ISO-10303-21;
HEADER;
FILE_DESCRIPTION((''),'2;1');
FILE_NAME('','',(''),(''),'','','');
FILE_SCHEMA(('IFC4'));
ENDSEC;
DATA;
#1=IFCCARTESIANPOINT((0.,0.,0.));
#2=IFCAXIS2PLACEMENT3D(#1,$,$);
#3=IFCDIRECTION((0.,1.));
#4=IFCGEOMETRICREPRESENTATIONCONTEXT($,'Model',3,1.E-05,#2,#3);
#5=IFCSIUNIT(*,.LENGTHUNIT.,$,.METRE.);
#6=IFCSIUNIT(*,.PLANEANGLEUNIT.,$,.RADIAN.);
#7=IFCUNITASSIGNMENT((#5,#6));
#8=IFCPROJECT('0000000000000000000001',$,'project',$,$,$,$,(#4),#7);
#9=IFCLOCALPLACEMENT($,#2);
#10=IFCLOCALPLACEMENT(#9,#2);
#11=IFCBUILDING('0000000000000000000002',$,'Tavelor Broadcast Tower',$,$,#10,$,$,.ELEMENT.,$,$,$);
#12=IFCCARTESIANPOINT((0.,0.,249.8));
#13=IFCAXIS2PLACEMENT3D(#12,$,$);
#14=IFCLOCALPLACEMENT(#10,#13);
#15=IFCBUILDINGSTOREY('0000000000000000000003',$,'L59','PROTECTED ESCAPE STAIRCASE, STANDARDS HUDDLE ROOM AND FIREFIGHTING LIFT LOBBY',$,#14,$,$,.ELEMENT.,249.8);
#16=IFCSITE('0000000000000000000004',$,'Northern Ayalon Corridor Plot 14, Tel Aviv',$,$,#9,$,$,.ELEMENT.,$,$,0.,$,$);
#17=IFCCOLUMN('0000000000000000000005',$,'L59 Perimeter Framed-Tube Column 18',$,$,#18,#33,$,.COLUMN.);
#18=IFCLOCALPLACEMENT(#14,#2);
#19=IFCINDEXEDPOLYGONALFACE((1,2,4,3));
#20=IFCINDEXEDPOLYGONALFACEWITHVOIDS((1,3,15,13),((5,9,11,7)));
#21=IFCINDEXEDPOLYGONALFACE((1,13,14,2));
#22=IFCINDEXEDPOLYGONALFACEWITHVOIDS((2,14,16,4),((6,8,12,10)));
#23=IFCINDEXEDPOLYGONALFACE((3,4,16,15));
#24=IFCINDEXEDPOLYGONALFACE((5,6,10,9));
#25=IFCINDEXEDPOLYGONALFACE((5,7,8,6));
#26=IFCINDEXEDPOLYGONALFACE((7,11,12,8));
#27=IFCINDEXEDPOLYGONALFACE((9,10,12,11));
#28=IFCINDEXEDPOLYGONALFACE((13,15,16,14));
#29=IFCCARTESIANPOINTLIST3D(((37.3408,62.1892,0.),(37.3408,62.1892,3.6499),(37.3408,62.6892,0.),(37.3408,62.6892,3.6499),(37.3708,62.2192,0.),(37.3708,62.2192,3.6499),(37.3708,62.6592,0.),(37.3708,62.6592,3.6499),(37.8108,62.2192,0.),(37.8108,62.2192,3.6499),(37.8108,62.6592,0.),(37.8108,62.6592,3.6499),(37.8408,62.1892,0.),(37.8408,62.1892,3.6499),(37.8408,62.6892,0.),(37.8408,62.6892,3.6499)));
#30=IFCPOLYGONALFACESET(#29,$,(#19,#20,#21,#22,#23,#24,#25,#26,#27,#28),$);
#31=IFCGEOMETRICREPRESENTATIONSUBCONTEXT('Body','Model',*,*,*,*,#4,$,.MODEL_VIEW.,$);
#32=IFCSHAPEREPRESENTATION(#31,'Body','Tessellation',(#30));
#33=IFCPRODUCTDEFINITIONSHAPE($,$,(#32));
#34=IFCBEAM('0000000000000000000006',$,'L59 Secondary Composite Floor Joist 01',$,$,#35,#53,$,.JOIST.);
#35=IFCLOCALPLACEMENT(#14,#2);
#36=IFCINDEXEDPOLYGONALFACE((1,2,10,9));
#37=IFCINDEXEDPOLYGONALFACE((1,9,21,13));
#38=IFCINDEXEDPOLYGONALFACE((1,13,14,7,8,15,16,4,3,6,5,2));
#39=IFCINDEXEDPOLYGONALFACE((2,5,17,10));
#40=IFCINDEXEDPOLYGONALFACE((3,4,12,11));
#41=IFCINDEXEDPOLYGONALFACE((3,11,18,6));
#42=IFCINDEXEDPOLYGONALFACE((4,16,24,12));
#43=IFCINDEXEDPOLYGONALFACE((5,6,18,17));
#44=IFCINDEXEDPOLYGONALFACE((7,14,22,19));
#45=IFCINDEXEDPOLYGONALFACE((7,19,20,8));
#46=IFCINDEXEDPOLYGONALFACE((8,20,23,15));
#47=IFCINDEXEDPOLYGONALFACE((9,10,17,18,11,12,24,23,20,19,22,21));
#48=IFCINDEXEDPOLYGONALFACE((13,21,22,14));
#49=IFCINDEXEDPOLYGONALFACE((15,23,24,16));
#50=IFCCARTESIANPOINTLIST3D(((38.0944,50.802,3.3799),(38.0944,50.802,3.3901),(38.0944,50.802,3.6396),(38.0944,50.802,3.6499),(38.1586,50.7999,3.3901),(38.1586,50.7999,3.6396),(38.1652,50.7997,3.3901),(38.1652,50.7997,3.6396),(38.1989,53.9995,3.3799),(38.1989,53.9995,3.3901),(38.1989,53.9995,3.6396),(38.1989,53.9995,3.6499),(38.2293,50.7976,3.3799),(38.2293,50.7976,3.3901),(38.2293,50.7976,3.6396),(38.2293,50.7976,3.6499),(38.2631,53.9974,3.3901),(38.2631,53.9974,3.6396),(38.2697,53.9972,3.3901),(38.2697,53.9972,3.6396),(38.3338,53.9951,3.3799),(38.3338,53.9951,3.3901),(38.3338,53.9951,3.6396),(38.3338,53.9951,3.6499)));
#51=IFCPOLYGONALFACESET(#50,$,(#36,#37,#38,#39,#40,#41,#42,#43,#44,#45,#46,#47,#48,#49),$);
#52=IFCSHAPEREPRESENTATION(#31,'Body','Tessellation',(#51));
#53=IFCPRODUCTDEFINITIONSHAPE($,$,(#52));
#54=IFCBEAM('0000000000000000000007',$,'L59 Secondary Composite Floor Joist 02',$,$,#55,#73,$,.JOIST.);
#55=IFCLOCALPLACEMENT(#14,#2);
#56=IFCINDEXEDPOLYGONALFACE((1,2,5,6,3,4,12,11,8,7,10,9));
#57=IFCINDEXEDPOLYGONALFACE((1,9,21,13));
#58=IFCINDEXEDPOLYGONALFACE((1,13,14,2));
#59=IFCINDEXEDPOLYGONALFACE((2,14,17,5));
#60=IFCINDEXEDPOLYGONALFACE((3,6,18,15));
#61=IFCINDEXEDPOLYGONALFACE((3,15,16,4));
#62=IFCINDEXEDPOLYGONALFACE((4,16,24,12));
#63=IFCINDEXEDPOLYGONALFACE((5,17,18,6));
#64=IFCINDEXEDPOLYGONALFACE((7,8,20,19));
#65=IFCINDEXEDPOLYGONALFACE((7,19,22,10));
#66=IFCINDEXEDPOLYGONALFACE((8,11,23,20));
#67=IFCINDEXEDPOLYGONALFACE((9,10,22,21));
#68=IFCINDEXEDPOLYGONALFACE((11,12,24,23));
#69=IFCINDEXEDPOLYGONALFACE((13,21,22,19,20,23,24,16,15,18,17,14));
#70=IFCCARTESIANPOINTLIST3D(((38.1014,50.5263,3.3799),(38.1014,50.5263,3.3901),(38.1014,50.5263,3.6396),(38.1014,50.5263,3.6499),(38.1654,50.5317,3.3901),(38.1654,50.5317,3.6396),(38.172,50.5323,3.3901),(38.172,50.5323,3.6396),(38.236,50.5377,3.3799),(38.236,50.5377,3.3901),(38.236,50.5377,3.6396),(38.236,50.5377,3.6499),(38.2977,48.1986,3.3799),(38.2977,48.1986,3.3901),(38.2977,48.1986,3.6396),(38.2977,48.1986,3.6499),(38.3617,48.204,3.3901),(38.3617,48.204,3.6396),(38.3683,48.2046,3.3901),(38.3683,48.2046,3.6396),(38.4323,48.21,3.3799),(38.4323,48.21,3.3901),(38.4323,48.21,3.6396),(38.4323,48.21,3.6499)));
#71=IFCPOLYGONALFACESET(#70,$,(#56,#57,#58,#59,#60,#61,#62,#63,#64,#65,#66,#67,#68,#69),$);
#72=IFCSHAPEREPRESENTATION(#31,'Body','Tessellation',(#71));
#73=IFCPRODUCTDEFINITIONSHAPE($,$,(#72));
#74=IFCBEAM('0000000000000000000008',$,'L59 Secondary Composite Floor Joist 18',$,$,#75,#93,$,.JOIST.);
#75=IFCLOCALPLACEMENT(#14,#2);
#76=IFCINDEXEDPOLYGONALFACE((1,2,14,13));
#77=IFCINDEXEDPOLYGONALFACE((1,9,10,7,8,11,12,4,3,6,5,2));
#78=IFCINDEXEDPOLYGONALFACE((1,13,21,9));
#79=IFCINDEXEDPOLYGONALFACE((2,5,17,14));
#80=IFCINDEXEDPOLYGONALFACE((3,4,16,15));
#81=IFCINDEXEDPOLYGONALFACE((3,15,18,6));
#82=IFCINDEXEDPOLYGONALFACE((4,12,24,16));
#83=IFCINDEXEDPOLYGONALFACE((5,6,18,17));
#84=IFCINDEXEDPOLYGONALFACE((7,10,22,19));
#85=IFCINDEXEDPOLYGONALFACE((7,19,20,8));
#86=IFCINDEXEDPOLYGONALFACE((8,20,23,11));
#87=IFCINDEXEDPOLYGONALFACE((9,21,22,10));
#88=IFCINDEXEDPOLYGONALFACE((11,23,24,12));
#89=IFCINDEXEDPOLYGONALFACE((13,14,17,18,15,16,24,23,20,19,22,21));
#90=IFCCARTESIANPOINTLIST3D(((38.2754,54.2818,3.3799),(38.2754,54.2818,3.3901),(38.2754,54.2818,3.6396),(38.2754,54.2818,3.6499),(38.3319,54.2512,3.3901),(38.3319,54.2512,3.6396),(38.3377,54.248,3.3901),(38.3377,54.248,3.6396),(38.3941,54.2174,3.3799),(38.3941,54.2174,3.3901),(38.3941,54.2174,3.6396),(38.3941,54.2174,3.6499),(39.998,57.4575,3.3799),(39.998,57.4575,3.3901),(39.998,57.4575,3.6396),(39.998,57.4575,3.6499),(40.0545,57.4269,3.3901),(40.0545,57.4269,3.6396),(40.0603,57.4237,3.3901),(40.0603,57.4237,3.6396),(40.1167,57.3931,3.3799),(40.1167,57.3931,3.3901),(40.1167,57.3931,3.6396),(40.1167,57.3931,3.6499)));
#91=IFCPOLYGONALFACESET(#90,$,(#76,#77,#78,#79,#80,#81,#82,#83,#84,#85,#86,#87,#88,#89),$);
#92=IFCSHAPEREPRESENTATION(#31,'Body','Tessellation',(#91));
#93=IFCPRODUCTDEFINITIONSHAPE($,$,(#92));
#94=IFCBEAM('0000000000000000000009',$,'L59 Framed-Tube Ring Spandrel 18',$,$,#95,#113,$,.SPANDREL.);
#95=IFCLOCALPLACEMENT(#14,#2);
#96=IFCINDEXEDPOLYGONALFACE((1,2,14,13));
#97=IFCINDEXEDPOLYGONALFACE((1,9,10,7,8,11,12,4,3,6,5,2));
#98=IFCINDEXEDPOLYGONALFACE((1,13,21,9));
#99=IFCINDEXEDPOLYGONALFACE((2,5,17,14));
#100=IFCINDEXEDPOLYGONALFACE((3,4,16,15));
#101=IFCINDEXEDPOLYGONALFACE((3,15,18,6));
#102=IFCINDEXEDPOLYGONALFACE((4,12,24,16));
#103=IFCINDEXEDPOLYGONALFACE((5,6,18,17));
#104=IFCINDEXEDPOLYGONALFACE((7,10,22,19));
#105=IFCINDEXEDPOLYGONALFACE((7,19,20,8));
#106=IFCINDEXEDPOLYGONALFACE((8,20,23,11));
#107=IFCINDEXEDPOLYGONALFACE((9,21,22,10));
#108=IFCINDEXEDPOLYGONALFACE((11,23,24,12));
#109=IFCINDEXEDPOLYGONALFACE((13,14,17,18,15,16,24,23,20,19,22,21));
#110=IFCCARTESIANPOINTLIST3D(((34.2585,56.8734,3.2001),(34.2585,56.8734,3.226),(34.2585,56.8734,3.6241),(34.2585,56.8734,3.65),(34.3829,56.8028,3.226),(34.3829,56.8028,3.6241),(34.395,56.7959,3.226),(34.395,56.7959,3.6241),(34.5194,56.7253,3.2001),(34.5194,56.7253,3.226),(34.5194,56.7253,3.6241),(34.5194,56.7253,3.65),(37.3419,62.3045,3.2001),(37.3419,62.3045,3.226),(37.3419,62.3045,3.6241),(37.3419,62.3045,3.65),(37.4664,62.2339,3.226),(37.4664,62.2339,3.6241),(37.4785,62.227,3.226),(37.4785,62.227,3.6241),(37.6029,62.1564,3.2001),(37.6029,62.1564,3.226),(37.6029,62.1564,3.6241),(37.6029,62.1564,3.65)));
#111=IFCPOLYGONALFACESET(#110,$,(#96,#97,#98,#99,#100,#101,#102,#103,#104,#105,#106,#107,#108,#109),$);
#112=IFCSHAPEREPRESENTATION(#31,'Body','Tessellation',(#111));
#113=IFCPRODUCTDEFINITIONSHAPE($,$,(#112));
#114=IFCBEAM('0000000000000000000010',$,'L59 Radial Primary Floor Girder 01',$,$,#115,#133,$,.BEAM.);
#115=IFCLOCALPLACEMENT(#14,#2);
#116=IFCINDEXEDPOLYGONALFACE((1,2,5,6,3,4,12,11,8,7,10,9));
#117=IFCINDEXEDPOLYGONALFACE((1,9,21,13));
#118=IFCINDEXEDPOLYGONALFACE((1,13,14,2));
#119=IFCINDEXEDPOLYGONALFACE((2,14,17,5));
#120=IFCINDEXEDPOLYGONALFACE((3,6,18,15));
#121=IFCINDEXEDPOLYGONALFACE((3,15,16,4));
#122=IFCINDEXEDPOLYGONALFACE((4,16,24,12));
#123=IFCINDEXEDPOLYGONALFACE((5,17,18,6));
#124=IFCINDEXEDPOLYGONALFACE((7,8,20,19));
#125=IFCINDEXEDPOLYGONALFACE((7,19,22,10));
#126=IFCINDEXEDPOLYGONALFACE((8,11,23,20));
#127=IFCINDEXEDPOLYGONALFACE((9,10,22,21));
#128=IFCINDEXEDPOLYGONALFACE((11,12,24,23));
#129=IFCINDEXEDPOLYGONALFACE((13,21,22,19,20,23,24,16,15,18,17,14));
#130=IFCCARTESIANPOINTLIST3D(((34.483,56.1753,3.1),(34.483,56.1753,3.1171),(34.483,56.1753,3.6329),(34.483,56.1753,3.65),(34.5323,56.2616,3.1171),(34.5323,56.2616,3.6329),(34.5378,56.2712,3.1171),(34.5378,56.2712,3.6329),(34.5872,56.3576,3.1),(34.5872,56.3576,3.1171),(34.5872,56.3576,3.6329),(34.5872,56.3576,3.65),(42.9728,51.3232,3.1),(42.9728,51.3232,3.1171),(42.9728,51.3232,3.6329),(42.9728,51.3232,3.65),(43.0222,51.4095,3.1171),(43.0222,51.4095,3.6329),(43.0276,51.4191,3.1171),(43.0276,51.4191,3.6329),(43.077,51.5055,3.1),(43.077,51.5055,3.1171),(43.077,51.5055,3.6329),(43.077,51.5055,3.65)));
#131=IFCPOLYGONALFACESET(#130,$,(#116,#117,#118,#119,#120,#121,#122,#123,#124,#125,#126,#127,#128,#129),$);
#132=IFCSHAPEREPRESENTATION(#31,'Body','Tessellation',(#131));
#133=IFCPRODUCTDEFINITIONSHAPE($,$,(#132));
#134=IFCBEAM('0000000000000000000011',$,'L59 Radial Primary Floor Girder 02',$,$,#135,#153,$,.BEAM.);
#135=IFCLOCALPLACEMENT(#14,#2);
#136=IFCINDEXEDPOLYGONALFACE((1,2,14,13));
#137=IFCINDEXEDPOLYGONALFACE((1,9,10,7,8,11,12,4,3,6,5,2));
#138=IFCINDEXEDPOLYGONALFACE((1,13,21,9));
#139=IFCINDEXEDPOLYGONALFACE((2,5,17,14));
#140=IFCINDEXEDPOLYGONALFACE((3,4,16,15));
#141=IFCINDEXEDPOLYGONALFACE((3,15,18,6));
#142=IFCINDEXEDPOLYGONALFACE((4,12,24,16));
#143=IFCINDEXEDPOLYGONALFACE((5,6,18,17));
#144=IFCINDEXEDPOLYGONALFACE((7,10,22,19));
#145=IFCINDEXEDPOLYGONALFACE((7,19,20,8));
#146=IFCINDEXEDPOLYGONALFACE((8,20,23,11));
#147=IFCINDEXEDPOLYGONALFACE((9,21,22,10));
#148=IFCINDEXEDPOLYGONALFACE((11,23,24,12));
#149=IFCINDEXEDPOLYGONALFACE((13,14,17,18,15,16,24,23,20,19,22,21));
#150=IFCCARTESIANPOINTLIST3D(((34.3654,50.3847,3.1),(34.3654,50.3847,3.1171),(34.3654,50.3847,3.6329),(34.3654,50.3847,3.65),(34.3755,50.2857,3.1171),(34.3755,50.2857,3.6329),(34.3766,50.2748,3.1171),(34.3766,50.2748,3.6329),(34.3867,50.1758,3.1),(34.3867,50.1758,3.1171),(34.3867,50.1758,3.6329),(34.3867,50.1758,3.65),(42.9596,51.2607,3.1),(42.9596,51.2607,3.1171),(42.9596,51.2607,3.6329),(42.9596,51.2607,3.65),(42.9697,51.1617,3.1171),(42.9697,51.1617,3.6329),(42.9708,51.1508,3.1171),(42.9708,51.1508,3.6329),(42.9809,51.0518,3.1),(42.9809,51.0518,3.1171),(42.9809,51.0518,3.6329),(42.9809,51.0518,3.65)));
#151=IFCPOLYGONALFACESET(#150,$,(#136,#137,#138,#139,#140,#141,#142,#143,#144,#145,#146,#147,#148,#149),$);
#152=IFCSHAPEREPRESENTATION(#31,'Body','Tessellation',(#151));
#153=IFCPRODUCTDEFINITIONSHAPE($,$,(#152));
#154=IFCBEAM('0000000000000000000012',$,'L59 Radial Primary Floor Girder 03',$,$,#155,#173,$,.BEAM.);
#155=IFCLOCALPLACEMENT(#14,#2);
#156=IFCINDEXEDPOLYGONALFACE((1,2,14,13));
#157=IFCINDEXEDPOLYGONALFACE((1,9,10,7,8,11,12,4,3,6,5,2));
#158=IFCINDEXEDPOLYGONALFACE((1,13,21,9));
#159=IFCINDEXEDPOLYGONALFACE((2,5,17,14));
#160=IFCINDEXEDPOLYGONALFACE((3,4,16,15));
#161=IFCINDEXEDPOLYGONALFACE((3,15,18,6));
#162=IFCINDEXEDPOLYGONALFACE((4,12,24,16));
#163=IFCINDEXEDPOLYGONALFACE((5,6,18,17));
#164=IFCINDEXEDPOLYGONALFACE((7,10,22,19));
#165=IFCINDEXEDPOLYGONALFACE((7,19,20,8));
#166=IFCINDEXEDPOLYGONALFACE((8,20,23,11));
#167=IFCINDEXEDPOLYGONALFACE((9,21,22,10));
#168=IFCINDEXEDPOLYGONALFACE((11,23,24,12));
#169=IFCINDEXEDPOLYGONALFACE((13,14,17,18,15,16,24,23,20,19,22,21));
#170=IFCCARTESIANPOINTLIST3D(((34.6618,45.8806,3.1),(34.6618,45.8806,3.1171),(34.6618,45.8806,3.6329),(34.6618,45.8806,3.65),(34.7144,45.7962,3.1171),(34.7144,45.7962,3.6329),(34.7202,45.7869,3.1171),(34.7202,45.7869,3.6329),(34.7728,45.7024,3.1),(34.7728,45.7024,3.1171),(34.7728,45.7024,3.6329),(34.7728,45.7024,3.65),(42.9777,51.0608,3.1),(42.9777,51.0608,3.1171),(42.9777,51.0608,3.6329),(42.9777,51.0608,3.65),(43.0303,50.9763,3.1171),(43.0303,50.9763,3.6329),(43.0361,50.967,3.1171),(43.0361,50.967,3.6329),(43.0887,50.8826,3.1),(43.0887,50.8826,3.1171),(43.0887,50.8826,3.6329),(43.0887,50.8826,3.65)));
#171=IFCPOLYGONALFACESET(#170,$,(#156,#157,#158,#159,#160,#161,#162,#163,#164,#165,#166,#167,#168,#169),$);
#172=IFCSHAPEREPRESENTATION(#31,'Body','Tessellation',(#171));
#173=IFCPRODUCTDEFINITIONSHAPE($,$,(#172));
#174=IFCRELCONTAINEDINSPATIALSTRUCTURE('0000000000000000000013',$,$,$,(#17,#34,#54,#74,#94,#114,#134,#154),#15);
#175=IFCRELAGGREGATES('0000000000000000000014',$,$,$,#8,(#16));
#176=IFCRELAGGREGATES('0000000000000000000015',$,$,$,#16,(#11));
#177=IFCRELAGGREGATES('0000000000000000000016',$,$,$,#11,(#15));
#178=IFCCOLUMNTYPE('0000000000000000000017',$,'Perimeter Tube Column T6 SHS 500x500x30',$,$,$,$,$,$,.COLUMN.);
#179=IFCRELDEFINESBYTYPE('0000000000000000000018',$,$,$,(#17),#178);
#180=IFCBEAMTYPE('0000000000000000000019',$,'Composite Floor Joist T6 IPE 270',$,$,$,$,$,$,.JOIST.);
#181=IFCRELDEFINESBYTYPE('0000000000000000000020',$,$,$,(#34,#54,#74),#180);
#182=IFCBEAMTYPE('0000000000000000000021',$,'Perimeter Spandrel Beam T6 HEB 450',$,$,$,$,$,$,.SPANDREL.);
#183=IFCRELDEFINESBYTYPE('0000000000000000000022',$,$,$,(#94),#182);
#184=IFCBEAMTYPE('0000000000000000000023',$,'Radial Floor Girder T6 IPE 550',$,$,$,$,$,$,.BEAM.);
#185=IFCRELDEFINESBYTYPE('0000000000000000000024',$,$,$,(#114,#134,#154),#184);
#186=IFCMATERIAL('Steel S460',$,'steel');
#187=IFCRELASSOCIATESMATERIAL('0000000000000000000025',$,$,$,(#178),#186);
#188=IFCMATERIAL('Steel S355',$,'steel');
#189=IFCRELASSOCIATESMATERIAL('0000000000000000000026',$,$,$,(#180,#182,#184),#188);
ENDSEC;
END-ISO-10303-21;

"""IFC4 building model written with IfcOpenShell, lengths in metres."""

from ifc_helpers import new_model, si_unit, direction, frame, origin, origin_2d, place, context, subcontext, project, spatial, hollow_rectangle, i_section, extrude, material, material_profile, profile_set, type_object, element, save


model = new_model("IFC4")

# Units and contexts
model_context = context("Model", 3, precision=1e-05, world=origin(), true_north=direction((0.0, 1.0)))
body_context = subcontext(model_context, "Body", "Model", "MODEL_VIEW")
ifc_project = project(units=[si_unit("LENGTHUNIT", "METRE"), si_unit("PLANEANGLEUNIT", "RADIAN")], contexts=[model_context])

# Site, building, storey
site_placement = place(None, origin())
site = spatial("IfcSite", under=ifc_project, at=site_placement, Name="Northern Ayalon Corridor Plot 14, Tel Aviv", CompositionType="ELEMENT", RefElevation=0.0)
building_placement = place(site_placement, origin())
building = spatial("IfcBuilding", under=site, at=building_placement, Name="Tavelor Broadcast Tower", CompositionType="ELEMENT")
storey_placement = place(building_placement, frame((0.0, 0.0, 249.8)))
storey = spatial("IfcBuildingStorey", under=building, at=storey_placement, Name="L59", Description="PROTECTED ESCAPE STAIRCASE, STANDARDS HUDDLE ROOM AND FIREFIGHTING LIFT LOBBY", CompositionType="ELEMENT", Elevation=249.8)

# Column
ifc_material_1 = material(Name="Steel S460", Category="steel")
ifc_material_profile_1 = material_profile(ifc_material_1, hollow_rectangle(XDim=0.5, YDim=0.5, WallThickness=0.03, at=origin_2d()), Name="SHS 500x500x30")
ifc_profile_set_1 = profile_set([ifc_material_profile_1], Name="Steel S460")
column_type = type_object("IfcColumnType", Name="Perimeter Tube Column T6 SHS 500x500x30", PredefinedType="COLUMN", material=ifc_profile_set_1)
column_placement = place(storey_placement, frame((37.5908, 62.4392, 0.0), z_axis=(0.0, 0.0, 1.0), x_axis=(1.0, 0.0, 0.0)))
element("IfcColumn", 1, at=column_placement, inside=storey, type_object=column_type, Name="L59 Perimeter Framed-Tube Column 18", PredefinedType="COLUMN", context=body_context, shape_type="SweptSolid", body=[
    extrude(hollow_rectangle(XDim=0.5, YDim=0.5, WallThickness=0.03, at=origin_2d()), origin(), (0.0, 0.0, 1.0), 3.6499),
])

# Beams
ifc_material_2 = material(Name="Steel S355", Category="steel")
ifc_material_profile_2 = material_profile(ifc_material_2, i_section(OverallWidth=0.135, OverallDepth=0.27, WebThickness=0.0066, FlangeThickness=0.0103, at=origin_2d()), Name="IPE 270")
ifc_profile_set_2 = profile_set([ifc_material_profile_2], Name="Steel S355")
beam_type_1 = type_object("IfcBeamType", Name="Composite Floor Joist T6 IPE 270", PredefinedType="JOIST", material=ifc_profile_set_2)
beam_1_placement = place(storey_placement, frame((38.2664, 53.9973, 3.5149), z_axis=(-0.032662, -0.999466, 0.0), x_axis=(0.999466, -0.032662, 0.0)))
element("IfcBeam", 2, at=beam_1_placement, inside=storey, type_object=beam_type_1, Name="L59 Secondary Composite Floor Joist 01", PredefinedType="JOIST", context=body_context, shape_type="SweptSolid", body=[
    extrude(i_section(OverallWidth=0.135, OverallDepth=0.27, WebThickness=0.0066, FlangeThickness=0.0103, at=origin_2d()), origin(), (0.0, 0.0, 1.0), 3.1992),
])
beam_2_placement = place(storey_placement, frame((38.1687, 50.532, 3.5149), z_axis=(0.084032, -0.996463, 0.0), x_axis=(0.996463, 0.084032, 0.0)))
element("IfcBeam", 3, at=beam_2_placement, inside=storey, type_object=beam_type_1, Name="L59 Secondary Composite Floor Joist 02", PredefinedType="JOIST", context=body_context, shape_type="SweptSolid", body=[
    extrude(i_section(OverallWidth=0.135, OverallDepth=0.27, WebThickness=0.0066, FlangeThickness=0.0103, at=origin_2d()), origin(), (0.0, 0.0, 1.0), 2.3359),
])
beam_3_placement = place(storey_placement, frame((40.0574, 57.4253, 3.5149), z_axis=(-0.476806, -0.879009, 0.0), x_axis=(0.879009, -0.476806, 0.0)))
element("IfcBeam", 4, at=beam_3_placement, inside=storey, type_object=beam_type_1, Name="L59 Secondary Composite Floor Joist 18", PredefinedType="JOIST", context=body_context, shape_type="SweptSolid", body=[
    extrude(i_section(OverallWidth=0.135, OverallDepth=0.27, WebThickness=0.0066, FlangeThickness=0.0103, at=origin_2d()), origin(), (0.0, 0.0, 1.0), 3.6128),
])
ifc_material_profile_3 = material_profile(ifc_material_2, i_section(OverallWidth=0.3, OverallDepth=0.45, WebThickness=0.0139, FlangeThickness=0.0259, at=origin_2d()), Name="HEB 450")
ifc_profile_set_3 = profile_set([ifc_material_profile_3], Name="Steel S355")
beam_type_2 = type_object("IfcBeamType", Name="Perimeter Spandrel Beam T6 HEB 450", PredefinedType="SPANDREL", material=ifc_profile_set_3)
beam_4_placement = place(storey_placement, frame((37.4724, 62.2305, 3.425), z_axis=(-0.493721, -0.869621, 0.0), x_axis=(0.869621, -0.493721, 0.0)))
element("IfcBeam", 5, at=beam_4_placement, inside=storey, type_object=beam_type_2, Name="L59 Framed-Tube Ring Spandrel 18", PredefinedType="SPANDREL", context=body_context, shape_type="SweptSolid", body=[
    extrude(i_section(OverallWidth=0.3, OverallDepth=0.45, WebThickness=0.0139, FlangeThickness=0.0259, at=origin_2d()), origin(), (0.0, 0.0, 1.0), 6.2454),
])
ifc_material_profile_4 = material_profile(ifc_material_2, i_section(OverallWidth=0.21, OverallDepth=0.55, WebThickness=0.011, FlangeThickness=0.0171, at=origin_2d()), Name="IPE 550")
ifc_profile_set_4 = profile_set([ifc_material_profile_4], Name="Steel S355")
beam_type_3 = type_object("IfcBeamType", Name="Radial Floor Girder T6 IPE 550", PredefinedType="BEAM", material=ifc_profile_set_4)
beam_5_placement = place(storey_placement, frame((43.0249, 51.4143, 3.375), z_axis=(-0.868209, 0.496198, 0.0), x_axis=(-0.496198, -0.868209, 0.0)))
element("IfcBeam", 6, at=beam_5_placement, inside=storey, type_object=beam_type_3, Name="L59 Radial Primary Floor Girder 01", PredefinedType="BEAM", context=body_context, shape_type="SweptSolid", body=[
    extrude(i_section(OverallWidth=0.21, OverallDepth=0.55, WebThickness=0.011, FlangeThickness=0.0171, at=origin_2d()), origin(), (0.0, 0.0, 1.0), 9.7786),
])
beam_6_placement = place(storey_placement, frame((42.9702, 51.1562, 3.375), z_axis=(-0.994846, -0.101401, 0.0), x_axis=(0.101401, -0.994846, 0.0)))
element("IfcBeam", 7, at=beam_6_placement, inside=storey, type_object=beam_type_3, Name="L59 Radial Primary Floor Girder 02", PredefinedType="BEAM", context=body_context, shape_type="SweptSolid", body=[
    extrude(i_section(OverallWidth=0.21, OverallDepth=0.55, WebThickness=0.011, FlangeThickness=0.0171, at=origin_2d()), origin(), (0.0, 0.0, 1.0), 8.6387),
])
beam_7_placement = place(storey_placement, frame((43.0332, 50.9717, 3.375), z_axis=(-0.84879, -0.528731, 0.0), x_axis=(0.528731, -0.84879, 0.0)))
element("IfcBeam", 8, at=beam_7_placement, inside=storey, type_object=beam_type_3, Name="L59 Radial Primary Floor Girder 03", PredefinedType="BEAM", context=body_context, shape_type="SweptSolid", body=[
    extrude(i_section(OverallWidth=0.21, OverallDepth=0.55, WebThickness=0.011, FlangeThickness=0.0171, at=origin_2d()), origin(), (0.0, 0.0, 1.0), 9.7974),
])

save(model, "model.ifc")
